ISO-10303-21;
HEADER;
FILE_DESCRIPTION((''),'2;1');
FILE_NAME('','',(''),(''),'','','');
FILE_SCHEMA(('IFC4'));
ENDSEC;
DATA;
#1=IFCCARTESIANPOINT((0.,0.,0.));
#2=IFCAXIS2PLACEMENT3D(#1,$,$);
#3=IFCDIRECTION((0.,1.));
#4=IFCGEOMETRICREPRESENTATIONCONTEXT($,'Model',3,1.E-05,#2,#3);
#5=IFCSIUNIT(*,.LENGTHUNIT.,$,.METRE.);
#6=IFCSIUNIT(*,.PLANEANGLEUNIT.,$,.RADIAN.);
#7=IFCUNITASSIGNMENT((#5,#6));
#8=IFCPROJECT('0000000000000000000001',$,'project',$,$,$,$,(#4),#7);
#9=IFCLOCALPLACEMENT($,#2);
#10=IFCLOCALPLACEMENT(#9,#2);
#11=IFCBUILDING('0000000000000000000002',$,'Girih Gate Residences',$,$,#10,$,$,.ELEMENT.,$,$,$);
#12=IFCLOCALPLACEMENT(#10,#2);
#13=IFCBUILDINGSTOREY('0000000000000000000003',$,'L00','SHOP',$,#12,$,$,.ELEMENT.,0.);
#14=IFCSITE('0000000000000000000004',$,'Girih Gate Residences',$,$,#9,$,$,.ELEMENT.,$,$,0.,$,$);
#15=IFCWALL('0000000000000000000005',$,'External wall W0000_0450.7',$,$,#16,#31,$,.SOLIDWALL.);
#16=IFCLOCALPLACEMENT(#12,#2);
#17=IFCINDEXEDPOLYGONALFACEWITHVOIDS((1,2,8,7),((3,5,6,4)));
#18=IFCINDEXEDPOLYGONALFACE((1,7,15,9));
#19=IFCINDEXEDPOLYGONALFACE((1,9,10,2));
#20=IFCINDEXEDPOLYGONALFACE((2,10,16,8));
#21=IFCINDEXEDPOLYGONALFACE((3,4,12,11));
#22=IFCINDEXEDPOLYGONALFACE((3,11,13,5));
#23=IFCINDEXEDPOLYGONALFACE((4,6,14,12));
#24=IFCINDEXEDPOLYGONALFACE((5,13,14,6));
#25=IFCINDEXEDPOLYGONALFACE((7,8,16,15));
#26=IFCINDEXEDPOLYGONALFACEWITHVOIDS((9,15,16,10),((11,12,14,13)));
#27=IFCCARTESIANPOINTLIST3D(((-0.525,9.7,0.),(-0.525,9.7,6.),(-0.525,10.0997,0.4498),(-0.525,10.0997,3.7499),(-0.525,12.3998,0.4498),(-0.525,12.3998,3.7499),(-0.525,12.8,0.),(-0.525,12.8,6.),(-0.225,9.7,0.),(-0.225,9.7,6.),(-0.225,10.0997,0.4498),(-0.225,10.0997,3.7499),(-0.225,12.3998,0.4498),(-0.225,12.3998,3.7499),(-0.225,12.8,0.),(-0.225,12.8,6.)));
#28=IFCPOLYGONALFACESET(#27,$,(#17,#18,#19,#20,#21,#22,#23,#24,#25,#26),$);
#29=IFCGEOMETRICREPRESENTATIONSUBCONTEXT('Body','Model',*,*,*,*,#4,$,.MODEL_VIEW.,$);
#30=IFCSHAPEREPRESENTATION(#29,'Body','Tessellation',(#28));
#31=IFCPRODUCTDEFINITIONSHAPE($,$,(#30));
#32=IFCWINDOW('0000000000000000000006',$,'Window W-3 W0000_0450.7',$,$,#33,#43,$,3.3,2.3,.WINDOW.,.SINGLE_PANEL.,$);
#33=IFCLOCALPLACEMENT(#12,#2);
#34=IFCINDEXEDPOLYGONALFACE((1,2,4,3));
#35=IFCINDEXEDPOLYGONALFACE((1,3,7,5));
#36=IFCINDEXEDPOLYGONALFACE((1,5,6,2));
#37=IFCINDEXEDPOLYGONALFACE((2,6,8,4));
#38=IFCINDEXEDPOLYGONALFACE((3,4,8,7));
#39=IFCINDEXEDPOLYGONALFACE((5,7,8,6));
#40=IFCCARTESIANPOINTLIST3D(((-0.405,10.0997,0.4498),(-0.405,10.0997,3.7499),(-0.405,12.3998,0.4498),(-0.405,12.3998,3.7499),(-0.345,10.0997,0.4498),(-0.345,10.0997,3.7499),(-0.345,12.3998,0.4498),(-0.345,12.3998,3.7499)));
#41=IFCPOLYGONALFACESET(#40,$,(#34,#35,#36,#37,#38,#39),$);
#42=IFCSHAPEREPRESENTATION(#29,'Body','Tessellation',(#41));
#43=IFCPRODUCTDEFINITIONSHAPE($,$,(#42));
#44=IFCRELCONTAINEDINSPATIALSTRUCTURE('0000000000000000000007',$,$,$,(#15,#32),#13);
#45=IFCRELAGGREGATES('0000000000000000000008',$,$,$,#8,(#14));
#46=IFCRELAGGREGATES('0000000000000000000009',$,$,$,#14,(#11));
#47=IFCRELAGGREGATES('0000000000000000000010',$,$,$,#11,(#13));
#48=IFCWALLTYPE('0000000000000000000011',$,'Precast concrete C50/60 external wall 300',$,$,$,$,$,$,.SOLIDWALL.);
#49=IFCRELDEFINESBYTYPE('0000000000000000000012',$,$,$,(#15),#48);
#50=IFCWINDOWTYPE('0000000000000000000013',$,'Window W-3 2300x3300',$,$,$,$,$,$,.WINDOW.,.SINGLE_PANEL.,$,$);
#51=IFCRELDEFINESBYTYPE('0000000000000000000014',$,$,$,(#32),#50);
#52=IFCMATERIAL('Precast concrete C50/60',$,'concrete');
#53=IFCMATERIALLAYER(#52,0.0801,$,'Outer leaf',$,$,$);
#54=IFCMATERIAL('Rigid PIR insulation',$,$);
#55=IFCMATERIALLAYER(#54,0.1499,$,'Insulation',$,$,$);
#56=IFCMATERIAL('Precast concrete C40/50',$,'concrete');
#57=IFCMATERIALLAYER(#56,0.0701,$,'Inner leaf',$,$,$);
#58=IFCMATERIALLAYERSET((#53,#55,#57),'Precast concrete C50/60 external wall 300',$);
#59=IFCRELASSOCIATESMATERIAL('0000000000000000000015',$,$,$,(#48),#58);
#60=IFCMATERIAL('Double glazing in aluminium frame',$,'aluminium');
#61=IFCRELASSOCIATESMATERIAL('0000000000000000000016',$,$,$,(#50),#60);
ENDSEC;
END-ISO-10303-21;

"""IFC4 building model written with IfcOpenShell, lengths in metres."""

from ifc_helpers import new_model, si_unit, direction, frame, frame_2d, origin, place, context, subcontext, project, spatial, rectangle, extrude, material, layer, layer_set, type_object, element, fill, save


model = new_model("IFC4")

# Units and contexts
model_context = context("Model", 3, precision=1e-05, world=origin(), true_north=direction((0.0, 1.0)))
body_context = subcontext(model_context, "Body", "Model", "MODEL_VIEW")
ifc_project = project(units=[si_unit("LENGTHUNIT", "METRE"), si_unit("PLANEANGLEUNIT", "RADIAN")], contexts=[model_context])

# Site, building, storey
site_placement = place(None, origin())
site = spatial("IfcSite", under=ifc_project, at=site_placement, Name="Girih Gate Residences", CompositionType="ELEMENT", RefElevation=0.0)
building_placement = place(site_placement, origin())
building = spatial("IfcBuilding", under=site, at=building_placement, Name="Girih Gate Residences", CompositionType="ELEMENT")
storey_placement = place(building_placement, origin())
storey = spatial("IfcBuildingStorey", under=building, at=storey_placement, Name="L00", Description="SHOP", CompositionType="ELEMENT", Elevation=0.0)

# Wall, opening, window
ifc_material_1 = material(Name="Precast concrete C50/60", Category="concrete")
ifc_layer_1 = layer(ifc_material_1, 0.0801, Name="Outer leaf")
ifc_material_2 = material(Name="Rigid PIR insulation")
ifc_layer_2 = layer(ifc_material_2, 0.1499, Name="Insulation")
ifc_material_3 = material(Name="Precast concrete C40/50", Category="concrete")
ifc_layer_3 = layer(ifc_material_3, 0.0701, Name="Inner leaf")
ifc_layer_set_1 = layer_set([ifc_layer_1, ifc_layer_2, ifc_layer_3], Name="Precast concrete C50/60 external wall 300")
wall_type_1 = type_object("IfcWallType", Name="Precast concrete C50/60 external wall 300", PredefinedType="SOLIDWALL", material=ifc_layer_set_1)
ifc_material_4 = material(Name="Double glazing in aluminium frame", Category="aluminium")
window_type = type_object("IfcWindowType", Name="Window W-3 2300x3300", PartitioningType="SINGLE_PANEL", PredefinedType="WINDOW", material=ifc_material_4)
wall_1_placement = place(storey_placement, frame((-0.375, 9.7, 0.0), z_axis=(0.0, 0.0, 1.0), x_axis=(0.0, 1.0, 0.0)))
wall_1 = element("IfcWall", 1, at=wall_1_placement, inside=storey, type_object=wall_type_1, Name="External wall W0000_0450.7", PredefinedType="SOLIDWALL", context=body_context, shape_type="SweptSolid", body=[
    extrude(rectangle(XDim=3.1001, YDim=0.3, at=frame_2d((1.55, 0.0))), origin(), (0.0, 0.0, 1.0), 6.0),
])
opening_1_placement = place(wall_1_placement, frame((0.3999, 0.0, 0.45)))
opening_1 = element("IfcOpeningElement", 2, at=opening_1_placement, cuts=wall_1, PredefinedType="OPENING", context=body_context, shape_type="SweptSolid", body=[
    extrude(rectangle(XDim=2.3, YDim=3.3, at=frame_2d((1.1499, 1.6499))), frame((0.0, 0.1599, 0.0), z_axis=(0.0, -1.0, 0.0), x_axis=(1.0, 0.0, 0.0)), (0.0, 0.0, 1.0), 0.3201),
])
window_1_placement = place(opening_1_placement, origin())
window_1 = element("IfcWindow", 3, at=window_1_placement, inside=storey, type_object=window_type, Name="Window W-3 W0000_0450.7", OverallHeight=3.3, OverallWidth=2.3, PartitioningType="SINGLE_PANEL", PredefinedType="WINDOW", context=body_context, shape_type="SweptSolid", body=[
    extrude(rectangle(XDim=2.3, YDim=3.3, at=frame_2d((1.1499, 1.6499))), frame((0.0, 0.03, 0.0), z_axis=(0.0, -1.0, 0.0), x_axis=(1.0, 0.0, 0.0)), (0.0, 0.0, 1.0), 0.0601),
])
fill(opening_1, window_1)

save(model, "model.ifc")
